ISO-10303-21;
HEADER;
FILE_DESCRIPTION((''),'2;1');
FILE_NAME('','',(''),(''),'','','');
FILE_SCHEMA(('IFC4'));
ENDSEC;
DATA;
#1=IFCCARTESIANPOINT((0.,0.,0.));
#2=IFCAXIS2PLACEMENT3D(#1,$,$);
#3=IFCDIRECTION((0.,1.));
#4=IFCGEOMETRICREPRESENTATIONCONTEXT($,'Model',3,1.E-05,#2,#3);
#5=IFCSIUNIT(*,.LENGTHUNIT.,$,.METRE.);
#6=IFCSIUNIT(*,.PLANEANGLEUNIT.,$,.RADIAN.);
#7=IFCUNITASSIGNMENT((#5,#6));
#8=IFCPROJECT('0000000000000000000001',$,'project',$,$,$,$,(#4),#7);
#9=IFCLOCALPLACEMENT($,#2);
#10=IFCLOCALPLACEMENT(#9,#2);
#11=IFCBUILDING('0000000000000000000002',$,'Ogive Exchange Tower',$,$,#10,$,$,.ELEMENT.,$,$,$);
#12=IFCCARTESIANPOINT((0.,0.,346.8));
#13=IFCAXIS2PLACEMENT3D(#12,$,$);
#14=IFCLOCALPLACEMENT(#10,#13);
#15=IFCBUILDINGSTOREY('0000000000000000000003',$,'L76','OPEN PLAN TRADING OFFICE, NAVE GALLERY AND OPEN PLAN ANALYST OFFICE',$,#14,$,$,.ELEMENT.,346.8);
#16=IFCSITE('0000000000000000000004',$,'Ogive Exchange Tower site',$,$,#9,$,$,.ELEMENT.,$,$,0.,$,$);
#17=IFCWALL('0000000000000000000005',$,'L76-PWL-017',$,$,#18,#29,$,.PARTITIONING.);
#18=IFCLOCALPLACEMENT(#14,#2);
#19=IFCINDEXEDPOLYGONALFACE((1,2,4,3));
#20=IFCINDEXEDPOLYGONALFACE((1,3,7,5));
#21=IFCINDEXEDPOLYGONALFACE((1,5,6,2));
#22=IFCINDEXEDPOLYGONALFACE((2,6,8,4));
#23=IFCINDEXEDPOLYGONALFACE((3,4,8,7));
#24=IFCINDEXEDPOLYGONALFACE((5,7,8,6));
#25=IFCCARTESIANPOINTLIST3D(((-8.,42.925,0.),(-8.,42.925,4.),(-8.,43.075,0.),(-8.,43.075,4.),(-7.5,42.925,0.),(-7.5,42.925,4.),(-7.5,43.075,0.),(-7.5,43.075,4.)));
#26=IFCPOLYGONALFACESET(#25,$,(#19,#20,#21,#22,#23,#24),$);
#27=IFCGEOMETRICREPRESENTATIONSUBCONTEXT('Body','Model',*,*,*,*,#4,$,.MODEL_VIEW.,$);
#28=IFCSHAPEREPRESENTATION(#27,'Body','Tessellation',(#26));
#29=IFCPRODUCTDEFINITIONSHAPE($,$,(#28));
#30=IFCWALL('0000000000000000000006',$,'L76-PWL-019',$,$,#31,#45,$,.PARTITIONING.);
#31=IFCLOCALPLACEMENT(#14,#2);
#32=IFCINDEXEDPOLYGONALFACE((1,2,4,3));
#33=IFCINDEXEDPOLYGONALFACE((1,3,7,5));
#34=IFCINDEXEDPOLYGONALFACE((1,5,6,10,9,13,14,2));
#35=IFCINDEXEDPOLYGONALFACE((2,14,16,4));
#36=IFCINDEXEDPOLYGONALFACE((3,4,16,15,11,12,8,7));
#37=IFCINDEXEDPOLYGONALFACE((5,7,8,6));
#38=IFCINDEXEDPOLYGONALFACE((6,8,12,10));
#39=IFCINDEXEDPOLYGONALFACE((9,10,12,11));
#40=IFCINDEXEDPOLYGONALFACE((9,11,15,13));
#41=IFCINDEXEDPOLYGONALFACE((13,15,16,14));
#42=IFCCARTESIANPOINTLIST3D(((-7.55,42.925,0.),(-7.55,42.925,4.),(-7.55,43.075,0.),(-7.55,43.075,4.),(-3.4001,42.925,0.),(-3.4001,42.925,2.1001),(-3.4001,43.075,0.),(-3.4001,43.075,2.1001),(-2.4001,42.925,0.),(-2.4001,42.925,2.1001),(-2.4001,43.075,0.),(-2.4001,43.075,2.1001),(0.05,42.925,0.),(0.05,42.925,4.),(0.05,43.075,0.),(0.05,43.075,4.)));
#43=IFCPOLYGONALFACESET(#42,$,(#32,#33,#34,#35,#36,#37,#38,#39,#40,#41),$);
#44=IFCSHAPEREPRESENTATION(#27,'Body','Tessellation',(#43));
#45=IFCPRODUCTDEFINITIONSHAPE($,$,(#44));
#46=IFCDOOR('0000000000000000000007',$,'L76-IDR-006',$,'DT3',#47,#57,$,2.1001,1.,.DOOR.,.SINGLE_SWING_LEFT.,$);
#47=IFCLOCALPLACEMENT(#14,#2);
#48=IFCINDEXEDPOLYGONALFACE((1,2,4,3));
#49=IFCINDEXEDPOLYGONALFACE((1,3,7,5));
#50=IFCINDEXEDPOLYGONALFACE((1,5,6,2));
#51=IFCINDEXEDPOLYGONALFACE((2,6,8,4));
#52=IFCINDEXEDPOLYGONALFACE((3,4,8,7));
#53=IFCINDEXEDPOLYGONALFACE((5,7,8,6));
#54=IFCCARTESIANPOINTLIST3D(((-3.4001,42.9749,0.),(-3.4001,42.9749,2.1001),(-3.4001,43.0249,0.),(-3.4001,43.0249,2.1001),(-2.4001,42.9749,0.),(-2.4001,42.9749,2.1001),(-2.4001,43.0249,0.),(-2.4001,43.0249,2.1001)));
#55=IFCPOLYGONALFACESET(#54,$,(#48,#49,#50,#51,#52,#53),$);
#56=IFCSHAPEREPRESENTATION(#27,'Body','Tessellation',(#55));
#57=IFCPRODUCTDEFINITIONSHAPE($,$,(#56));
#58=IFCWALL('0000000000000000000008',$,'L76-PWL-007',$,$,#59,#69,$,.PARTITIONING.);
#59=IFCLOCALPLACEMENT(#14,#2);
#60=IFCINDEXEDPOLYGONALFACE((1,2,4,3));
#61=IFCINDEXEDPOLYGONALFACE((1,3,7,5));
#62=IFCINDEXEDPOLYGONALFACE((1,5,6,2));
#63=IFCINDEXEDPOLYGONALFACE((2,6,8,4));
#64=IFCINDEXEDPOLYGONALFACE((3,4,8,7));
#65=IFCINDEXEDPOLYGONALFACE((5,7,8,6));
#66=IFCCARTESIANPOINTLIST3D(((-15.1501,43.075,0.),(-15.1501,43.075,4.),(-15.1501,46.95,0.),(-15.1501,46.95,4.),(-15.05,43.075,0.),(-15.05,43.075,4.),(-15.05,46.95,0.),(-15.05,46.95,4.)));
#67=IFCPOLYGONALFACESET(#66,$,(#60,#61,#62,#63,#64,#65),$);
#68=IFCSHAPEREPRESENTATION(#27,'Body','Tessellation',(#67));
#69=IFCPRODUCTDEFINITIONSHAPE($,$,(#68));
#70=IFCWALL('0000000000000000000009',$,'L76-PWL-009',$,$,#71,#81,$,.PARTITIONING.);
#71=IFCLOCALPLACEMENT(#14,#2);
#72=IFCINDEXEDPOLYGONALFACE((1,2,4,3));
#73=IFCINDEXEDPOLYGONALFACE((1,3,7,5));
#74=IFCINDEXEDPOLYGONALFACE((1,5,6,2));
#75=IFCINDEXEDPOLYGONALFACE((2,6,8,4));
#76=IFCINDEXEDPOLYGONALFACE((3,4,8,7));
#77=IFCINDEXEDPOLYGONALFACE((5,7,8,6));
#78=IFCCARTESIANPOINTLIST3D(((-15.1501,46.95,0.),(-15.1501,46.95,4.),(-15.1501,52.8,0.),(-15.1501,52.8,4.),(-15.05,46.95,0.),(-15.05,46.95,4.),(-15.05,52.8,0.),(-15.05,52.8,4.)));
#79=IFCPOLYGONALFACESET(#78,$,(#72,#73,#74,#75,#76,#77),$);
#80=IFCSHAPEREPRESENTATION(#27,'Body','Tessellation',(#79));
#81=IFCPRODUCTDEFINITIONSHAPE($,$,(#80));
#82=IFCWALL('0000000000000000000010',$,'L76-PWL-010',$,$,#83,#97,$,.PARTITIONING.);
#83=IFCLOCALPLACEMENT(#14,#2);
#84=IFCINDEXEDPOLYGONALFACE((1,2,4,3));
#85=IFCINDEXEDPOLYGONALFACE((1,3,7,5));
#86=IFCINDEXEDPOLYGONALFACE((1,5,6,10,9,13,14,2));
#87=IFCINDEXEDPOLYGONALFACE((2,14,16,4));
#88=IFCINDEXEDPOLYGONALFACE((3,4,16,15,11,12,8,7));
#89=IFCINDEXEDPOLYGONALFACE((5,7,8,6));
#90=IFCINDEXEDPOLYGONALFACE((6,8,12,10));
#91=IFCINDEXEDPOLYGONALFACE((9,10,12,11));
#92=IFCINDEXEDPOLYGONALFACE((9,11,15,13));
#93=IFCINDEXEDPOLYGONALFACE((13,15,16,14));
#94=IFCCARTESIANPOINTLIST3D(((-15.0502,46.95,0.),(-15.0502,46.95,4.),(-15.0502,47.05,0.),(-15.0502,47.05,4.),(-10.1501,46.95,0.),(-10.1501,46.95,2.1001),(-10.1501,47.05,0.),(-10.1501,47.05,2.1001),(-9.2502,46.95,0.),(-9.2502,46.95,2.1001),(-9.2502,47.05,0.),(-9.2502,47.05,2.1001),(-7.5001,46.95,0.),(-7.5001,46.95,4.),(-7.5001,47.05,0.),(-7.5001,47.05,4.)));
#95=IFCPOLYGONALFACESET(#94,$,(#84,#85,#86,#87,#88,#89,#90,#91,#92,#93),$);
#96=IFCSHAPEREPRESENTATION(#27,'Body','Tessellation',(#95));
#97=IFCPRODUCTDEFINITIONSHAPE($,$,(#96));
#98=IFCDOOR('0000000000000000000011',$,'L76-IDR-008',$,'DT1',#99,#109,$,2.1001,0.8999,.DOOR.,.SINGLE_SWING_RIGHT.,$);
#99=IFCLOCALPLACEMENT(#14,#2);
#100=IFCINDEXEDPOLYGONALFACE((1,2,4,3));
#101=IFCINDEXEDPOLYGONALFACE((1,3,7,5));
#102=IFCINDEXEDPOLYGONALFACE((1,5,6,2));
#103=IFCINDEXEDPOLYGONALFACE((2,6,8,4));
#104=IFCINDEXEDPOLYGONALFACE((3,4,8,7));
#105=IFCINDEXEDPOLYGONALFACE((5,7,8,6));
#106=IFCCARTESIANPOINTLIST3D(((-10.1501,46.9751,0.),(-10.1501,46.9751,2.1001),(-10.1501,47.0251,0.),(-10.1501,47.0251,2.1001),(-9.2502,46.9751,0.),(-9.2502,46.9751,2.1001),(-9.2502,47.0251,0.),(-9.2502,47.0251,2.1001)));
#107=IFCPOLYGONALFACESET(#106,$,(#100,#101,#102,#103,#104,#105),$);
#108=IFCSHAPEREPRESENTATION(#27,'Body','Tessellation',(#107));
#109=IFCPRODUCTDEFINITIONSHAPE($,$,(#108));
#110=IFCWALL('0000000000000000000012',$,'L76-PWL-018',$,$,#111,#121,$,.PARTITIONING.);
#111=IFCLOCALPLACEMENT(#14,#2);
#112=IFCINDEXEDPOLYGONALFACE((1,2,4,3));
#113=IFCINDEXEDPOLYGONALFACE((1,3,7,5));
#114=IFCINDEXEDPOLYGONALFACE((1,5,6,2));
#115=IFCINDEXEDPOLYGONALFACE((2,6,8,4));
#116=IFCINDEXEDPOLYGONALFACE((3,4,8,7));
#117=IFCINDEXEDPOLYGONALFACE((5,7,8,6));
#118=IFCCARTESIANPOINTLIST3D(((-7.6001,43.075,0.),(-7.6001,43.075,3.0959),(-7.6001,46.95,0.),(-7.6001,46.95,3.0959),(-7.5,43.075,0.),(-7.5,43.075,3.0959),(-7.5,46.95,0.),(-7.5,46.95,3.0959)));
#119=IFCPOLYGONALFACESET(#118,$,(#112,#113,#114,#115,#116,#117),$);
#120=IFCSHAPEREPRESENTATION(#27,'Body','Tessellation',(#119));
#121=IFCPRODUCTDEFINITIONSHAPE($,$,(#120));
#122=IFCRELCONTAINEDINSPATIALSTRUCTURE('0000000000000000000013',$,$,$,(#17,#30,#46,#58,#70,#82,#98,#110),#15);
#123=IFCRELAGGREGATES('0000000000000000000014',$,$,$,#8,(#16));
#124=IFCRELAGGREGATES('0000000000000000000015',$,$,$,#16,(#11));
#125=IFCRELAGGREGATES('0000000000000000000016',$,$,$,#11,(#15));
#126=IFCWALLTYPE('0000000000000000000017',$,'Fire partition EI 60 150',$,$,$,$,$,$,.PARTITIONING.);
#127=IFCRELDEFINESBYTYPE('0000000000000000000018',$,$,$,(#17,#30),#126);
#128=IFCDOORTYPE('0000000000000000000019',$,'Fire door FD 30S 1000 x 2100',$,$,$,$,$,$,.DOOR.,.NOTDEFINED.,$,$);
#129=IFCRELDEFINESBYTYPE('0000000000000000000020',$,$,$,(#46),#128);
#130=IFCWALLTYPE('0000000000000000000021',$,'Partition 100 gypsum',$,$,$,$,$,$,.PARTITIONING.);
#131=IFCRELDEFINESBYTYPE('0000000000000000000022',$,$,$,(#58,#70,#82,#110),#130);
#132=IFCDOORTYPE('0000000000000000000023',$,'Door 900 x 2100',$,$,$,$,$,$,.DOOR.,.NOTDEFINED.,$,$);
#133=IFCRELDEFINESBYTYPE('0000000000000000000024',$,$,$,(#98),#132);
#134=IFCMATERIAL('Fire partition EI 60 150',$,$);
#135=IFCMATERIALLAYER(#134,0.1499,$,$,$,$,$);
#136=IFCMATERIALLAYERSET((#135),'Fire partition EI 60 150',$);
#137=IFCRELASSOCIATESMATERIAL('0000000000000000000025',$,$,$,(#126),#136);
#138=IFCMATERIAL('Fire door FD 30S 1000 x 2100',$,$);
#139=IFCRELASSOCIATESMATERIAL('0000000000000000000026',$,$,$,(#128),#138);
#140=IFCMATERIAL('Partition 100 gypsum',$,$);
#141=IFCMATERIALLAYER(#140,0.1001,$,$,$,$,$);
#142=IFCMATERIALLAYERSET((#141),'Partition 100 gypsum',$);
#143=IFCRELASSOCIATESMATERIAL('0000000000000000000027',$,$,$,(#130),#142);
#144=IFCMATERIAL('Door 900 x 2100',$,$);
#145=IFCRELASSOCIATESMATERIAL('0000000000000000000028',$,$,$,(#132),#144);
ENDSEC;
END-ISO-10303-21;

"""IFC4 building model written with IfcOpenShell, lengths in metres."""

from ifc_helpers import new_model, si_unit, direction, frame, frame_2d, origin, place, context, subcontext, project, spatial, rectangle, extrude, material, layer, layer_set, type_object, element, fill, save


model = new_model("IFC4")

# Units and contexts
model_context = context("Model", 3, precision=1e-05, world=origin(), true_north=direction((0.0, 1.0)))
body_context = subcontext(model_context, "Body", "Model", "MODEL_VIEW")
ifc_project = project(units=[si_unit("LENGTHUNIT", "METRE"), si_unit("PLANEANGLEUNIT", "RADIAN")], contexts=[model_context])

# Site, building, storey
site_placement = place(None, origin())
site = spatial("IfcSite", under=ifc_project, at=site_placement, Name="Ogive Exchange Tower site", CompositionType="ELEMENT", RefElevation=0.0)
building_placement = place(site_placement, origin())
building = spatial("IfcBuilding", under=site, at=building_placement, Name="Ogive Exchange Tower", CompositionType="ELEMENT")
storey_placement = place(building_placement, frame((0.0, 0.0, 346.8)))
storey = spatial("IfcBuildingStorey", under=building, at=storey_placement, Name="L76", Description="OPEN PLAN TRADING OFFICE, NAVE GALLERY AND OPEN PLAN ANALYST OFFICE", CompositionType="ELEMENT", Elevation=346.8)

# Shared definitions
ifc_material_1 = material(Name="Fire partition EI 60 150")
ifc_layer_1 = layer(ifc_material_1, 0.1499)
ifc_layer_set_1 = layer_set([ifc_layer_1], Name="Fire partition EI 60 150")
wall_type_1 = type_object("IfcWallType", Name="Fire partition EI 60 150", PredefinedType="PARTITIONING", material=ifc_layer_set_1)
ifc_material_2 = material(Name="Fire door FD 30S 1000 x 2100")
door_type_1 = type_object("IfcDoorType", Name="Fire door FD 30S 1000 x 2100", OperationType="NOTDEFINED", PredefinedType="DOOR", material=ifc_material_2)

# Wall
wall_1_placement = place(storey_placement, frame((-8.0, 43.0, 0.0), z_axis=(0.0, 0.0, 1.0), x_axis=(1.0, 0.0, 0.0)))
element("IfcWall", 1, at=wall_1_placement, inside=storey, type_object=wall_type_1, Name="L76-PWL-017", PredefinedType="PARTITIONING", context=body_context, shape_type="SweptSolid", body=[
    extrude(rectangle(XDim=0.5, YDim=0.1499, at=frame_2d((0.25, 0.0))), origin(), (0.0, 0.0, 1.0), 4.0),
])

# Wall, opening, door
wall_2_placement = place(storey_placement, frame((-7.55, 43.0, 0.0), z_axis=(0.0, 0.0, 1.0), x_axis=(1.0, 0.0, 0.0)))
wall_2 = element("IfcWall", 2, at=wall_2_placement, inside=storey, type_object=wall_type_1, Name="L76-PWL-019", PredefinedType="PARTITIONING", context=body_context, shape_type="SweptSolid", body=[
    extrude(rectangle(XDim=7.6001, YDim=0.1499, at=frame_2d((3.8, 0.0))), origin(), (0.0, 0.0, 1.0), 4.0),
])
opening_1_placement = place(wall_2_placement, frame((4.1499, 0.0, 0.0)))
opening_1 = element("IfcOpeningElement", 3, at=opening_1_placement, cuts=wall_2, PredefinedType="OPENING", context=body_context, shape_type="SweptSolid", body=[
    extrude(rectangle(XDim=1.0, YDim=2.1001, at=frame_2d((0.5, 1.05))), frame((0.0, 0.085, 0.0), z_axis=(0.0, -1.0, 0.0), x_axis=(1.0, 0.0, 0.0)), (0.0, 0.0, 1.0), 0.1699),
])
door_1_placement = place(opening_1_placement, origin())
door_1 = element("IfcDoor", 4, at=door_1_placement, inside=storey, type_object=door_type_1, Name="L76-IDR-006", ObjectType="DT3", OperationType="SINGLE_SWING_LEFT", OverallHeight=2.1001, OverallWidth=1.0, PredefinedType="DOOR", context=body_context, shape_type="SweptSolid", body=[
    extrude(rectangle(XDim=1.0, YDim=2.1001, at=frame_2d((0.5, 1.05))), frame((0.0, 0.0249, 0.0), z_axis=(0.0, -1.0, 0.0), x_axis=(1.0, 0.0, 0.0)), (0.0, 0.0, 1.0), 0.05),
])
fill(opening_1, door_1)

# Walls
ifc_material_3 = material(Name="Partition 100 gypsum")
ifc_layer_2 = layer(ifc_material_3, 0.1001)
ifc_layer_set_2 = layer_set([ifc_layer_2], Name="Partition 100 gypsum")
wall_type_2 = type_object("IfcWallType", Name="Partition 100 gypsum", PredefinedType="PARTITIONING", material=ifc_layer_set_2)
wall_3_placement = place(storey_placement, frame((-15.1001, 43.075, 0.0), z_axis=(0.0, 0.0, 1.0), x_axis=(0.0, 1.0, 0.0)))
element("IfcWall", 5, at=wall_3_placement, inside=storey, type_object=wall_type_2, Name="L76-PWL-007", PredefinedType="PARTITIONING", context=body_context, shape_type="SweptSolid", body=[
    extrude(rectangle(XDim=3.875, YDim=0.1001, at=frame_2d((1.9375, 0.0))), origin(), (0.0, 0.0, 1.0), 4.0),
])
wall_4_placement = place(storey_placement, frame((-15.1001, 46.95, 0.0), z_axis=(0.0, 0.0, 1.0), x_axis=(0.0, 1.0, 0.0)))
element("IfcWall", 6, at=wall_4_placement, inside=storey, type_object=wall_type_2, Name="L76-PWL-009", PredefinedType="PARTITIONING", context=body_context, shape_type="SweptSolid", body=[
    extrude(rectangle(XDim=5.8501, YDim=0.1001, at=frame_2d((2.925, 0.0))), origin(), (0.0, 0.0, 1.0), 4.0),
])

# Wall, opening, door
wall_5_placement = place(storey_placement, frame((-15.05, 47.0, 0.0), z_axis=(0.0, 0.0, 1.0), x_axis=(1.0, 0.0, 0.0)))
wall_5 = element("IfcWall", 7, at=wall_5_placement, inside=storey, type_object=wall_type_2, Name="L76-PWL-010", PredefinedType="PARTITIONING", context=body_context, shape_type="SweptSolid", body=[
    extrude(rectangle(XDim=7.55, YDim=0.1001, at=frame_2d((3.7749, 0.0))), origin(), (0.0, 0.0, 1.0), 4.0),
])
opening_2_placement = place(wall_5_placement, frame((4.8999, 0.0, 0.0)))
opening_2 = element("IfcOpeningElement", 8, at=opening_2_placement, cuts=wall_5, PredefinedType="OPENING", context=body_context, shape_type="SweptSolid", body=[
    extrude(rectangle(XDim=0.8999, YDim=2.1001, at=frame_2d((0.45, 1.05))), frame((0.0, 0.0601, 0.0), z_axis=(0.0, -1.0, 0.0), x_axis=(1.0, 0.0, 0.0)), (0.0, 0.0, 1.0), 0.1201),
])
ifc_material_4 = material(Name="Door 900 x 2100")
door_type_2 = type_object("IfcDoorType", Name="Door 900 x 2100", OperationType="NOTDEFINED", PredefinedType="DOOR", material=ifc_material_4)
door_2_placement = place(opening_2_placement, frame((0.8999, 0.0, 0.0), z_axis=(0.0, 0.0, 1.0), x_axis=(-1.0, 0.0, 0.0)))
door_2 = element("IfcDoor", 9, at=door_2_placement, inside=storey, type_object=door_type_2, Name="L76-IDR-008", ObjectType="DT1", OperationType="SINGLE_SWING_RIGHT", OverallHeight=2.1001, OverallWidth=0.8999, PredefinedType="DOOR", context=body_context, shape_type="SweptSolid", body=[
    extrude(rectangle(XDim=0.8999, YDim=2.1001, at=frame_2d((0.45, 1.05))), frame((0.0, 0.0249, 0.0), z_axis=(0.0, -1.0, 0.0), x_axis=(1.0, 0.0, 0.0)), (0.0, 0.0, 1.0), 0.05),
])
fill(opening_2, door_2)

# Wall
wall_6_placement = place(storey_placement, frame((-7.55, 43.075, 0.0), z_axis=(0.0, 0.0, 1.0), x_axis=(0.0, 1.0, 0.0)))
element("IfcWall", 10, at=wall_6_placement, inside=storey, type_object=wall_type_2, Name="L76-PWL-018", PredefinedType="PARTITIONING", context=body_context, shape_type="SweptSolid", body=[
    extrude(rectangle(XDim=3.875, YDim=0.1001, at=frame_2d((1.9375, 0.0))), origin(), (0.0, 0.0, 1.0), 3.0959),
])

save(model, "model.ifc")
